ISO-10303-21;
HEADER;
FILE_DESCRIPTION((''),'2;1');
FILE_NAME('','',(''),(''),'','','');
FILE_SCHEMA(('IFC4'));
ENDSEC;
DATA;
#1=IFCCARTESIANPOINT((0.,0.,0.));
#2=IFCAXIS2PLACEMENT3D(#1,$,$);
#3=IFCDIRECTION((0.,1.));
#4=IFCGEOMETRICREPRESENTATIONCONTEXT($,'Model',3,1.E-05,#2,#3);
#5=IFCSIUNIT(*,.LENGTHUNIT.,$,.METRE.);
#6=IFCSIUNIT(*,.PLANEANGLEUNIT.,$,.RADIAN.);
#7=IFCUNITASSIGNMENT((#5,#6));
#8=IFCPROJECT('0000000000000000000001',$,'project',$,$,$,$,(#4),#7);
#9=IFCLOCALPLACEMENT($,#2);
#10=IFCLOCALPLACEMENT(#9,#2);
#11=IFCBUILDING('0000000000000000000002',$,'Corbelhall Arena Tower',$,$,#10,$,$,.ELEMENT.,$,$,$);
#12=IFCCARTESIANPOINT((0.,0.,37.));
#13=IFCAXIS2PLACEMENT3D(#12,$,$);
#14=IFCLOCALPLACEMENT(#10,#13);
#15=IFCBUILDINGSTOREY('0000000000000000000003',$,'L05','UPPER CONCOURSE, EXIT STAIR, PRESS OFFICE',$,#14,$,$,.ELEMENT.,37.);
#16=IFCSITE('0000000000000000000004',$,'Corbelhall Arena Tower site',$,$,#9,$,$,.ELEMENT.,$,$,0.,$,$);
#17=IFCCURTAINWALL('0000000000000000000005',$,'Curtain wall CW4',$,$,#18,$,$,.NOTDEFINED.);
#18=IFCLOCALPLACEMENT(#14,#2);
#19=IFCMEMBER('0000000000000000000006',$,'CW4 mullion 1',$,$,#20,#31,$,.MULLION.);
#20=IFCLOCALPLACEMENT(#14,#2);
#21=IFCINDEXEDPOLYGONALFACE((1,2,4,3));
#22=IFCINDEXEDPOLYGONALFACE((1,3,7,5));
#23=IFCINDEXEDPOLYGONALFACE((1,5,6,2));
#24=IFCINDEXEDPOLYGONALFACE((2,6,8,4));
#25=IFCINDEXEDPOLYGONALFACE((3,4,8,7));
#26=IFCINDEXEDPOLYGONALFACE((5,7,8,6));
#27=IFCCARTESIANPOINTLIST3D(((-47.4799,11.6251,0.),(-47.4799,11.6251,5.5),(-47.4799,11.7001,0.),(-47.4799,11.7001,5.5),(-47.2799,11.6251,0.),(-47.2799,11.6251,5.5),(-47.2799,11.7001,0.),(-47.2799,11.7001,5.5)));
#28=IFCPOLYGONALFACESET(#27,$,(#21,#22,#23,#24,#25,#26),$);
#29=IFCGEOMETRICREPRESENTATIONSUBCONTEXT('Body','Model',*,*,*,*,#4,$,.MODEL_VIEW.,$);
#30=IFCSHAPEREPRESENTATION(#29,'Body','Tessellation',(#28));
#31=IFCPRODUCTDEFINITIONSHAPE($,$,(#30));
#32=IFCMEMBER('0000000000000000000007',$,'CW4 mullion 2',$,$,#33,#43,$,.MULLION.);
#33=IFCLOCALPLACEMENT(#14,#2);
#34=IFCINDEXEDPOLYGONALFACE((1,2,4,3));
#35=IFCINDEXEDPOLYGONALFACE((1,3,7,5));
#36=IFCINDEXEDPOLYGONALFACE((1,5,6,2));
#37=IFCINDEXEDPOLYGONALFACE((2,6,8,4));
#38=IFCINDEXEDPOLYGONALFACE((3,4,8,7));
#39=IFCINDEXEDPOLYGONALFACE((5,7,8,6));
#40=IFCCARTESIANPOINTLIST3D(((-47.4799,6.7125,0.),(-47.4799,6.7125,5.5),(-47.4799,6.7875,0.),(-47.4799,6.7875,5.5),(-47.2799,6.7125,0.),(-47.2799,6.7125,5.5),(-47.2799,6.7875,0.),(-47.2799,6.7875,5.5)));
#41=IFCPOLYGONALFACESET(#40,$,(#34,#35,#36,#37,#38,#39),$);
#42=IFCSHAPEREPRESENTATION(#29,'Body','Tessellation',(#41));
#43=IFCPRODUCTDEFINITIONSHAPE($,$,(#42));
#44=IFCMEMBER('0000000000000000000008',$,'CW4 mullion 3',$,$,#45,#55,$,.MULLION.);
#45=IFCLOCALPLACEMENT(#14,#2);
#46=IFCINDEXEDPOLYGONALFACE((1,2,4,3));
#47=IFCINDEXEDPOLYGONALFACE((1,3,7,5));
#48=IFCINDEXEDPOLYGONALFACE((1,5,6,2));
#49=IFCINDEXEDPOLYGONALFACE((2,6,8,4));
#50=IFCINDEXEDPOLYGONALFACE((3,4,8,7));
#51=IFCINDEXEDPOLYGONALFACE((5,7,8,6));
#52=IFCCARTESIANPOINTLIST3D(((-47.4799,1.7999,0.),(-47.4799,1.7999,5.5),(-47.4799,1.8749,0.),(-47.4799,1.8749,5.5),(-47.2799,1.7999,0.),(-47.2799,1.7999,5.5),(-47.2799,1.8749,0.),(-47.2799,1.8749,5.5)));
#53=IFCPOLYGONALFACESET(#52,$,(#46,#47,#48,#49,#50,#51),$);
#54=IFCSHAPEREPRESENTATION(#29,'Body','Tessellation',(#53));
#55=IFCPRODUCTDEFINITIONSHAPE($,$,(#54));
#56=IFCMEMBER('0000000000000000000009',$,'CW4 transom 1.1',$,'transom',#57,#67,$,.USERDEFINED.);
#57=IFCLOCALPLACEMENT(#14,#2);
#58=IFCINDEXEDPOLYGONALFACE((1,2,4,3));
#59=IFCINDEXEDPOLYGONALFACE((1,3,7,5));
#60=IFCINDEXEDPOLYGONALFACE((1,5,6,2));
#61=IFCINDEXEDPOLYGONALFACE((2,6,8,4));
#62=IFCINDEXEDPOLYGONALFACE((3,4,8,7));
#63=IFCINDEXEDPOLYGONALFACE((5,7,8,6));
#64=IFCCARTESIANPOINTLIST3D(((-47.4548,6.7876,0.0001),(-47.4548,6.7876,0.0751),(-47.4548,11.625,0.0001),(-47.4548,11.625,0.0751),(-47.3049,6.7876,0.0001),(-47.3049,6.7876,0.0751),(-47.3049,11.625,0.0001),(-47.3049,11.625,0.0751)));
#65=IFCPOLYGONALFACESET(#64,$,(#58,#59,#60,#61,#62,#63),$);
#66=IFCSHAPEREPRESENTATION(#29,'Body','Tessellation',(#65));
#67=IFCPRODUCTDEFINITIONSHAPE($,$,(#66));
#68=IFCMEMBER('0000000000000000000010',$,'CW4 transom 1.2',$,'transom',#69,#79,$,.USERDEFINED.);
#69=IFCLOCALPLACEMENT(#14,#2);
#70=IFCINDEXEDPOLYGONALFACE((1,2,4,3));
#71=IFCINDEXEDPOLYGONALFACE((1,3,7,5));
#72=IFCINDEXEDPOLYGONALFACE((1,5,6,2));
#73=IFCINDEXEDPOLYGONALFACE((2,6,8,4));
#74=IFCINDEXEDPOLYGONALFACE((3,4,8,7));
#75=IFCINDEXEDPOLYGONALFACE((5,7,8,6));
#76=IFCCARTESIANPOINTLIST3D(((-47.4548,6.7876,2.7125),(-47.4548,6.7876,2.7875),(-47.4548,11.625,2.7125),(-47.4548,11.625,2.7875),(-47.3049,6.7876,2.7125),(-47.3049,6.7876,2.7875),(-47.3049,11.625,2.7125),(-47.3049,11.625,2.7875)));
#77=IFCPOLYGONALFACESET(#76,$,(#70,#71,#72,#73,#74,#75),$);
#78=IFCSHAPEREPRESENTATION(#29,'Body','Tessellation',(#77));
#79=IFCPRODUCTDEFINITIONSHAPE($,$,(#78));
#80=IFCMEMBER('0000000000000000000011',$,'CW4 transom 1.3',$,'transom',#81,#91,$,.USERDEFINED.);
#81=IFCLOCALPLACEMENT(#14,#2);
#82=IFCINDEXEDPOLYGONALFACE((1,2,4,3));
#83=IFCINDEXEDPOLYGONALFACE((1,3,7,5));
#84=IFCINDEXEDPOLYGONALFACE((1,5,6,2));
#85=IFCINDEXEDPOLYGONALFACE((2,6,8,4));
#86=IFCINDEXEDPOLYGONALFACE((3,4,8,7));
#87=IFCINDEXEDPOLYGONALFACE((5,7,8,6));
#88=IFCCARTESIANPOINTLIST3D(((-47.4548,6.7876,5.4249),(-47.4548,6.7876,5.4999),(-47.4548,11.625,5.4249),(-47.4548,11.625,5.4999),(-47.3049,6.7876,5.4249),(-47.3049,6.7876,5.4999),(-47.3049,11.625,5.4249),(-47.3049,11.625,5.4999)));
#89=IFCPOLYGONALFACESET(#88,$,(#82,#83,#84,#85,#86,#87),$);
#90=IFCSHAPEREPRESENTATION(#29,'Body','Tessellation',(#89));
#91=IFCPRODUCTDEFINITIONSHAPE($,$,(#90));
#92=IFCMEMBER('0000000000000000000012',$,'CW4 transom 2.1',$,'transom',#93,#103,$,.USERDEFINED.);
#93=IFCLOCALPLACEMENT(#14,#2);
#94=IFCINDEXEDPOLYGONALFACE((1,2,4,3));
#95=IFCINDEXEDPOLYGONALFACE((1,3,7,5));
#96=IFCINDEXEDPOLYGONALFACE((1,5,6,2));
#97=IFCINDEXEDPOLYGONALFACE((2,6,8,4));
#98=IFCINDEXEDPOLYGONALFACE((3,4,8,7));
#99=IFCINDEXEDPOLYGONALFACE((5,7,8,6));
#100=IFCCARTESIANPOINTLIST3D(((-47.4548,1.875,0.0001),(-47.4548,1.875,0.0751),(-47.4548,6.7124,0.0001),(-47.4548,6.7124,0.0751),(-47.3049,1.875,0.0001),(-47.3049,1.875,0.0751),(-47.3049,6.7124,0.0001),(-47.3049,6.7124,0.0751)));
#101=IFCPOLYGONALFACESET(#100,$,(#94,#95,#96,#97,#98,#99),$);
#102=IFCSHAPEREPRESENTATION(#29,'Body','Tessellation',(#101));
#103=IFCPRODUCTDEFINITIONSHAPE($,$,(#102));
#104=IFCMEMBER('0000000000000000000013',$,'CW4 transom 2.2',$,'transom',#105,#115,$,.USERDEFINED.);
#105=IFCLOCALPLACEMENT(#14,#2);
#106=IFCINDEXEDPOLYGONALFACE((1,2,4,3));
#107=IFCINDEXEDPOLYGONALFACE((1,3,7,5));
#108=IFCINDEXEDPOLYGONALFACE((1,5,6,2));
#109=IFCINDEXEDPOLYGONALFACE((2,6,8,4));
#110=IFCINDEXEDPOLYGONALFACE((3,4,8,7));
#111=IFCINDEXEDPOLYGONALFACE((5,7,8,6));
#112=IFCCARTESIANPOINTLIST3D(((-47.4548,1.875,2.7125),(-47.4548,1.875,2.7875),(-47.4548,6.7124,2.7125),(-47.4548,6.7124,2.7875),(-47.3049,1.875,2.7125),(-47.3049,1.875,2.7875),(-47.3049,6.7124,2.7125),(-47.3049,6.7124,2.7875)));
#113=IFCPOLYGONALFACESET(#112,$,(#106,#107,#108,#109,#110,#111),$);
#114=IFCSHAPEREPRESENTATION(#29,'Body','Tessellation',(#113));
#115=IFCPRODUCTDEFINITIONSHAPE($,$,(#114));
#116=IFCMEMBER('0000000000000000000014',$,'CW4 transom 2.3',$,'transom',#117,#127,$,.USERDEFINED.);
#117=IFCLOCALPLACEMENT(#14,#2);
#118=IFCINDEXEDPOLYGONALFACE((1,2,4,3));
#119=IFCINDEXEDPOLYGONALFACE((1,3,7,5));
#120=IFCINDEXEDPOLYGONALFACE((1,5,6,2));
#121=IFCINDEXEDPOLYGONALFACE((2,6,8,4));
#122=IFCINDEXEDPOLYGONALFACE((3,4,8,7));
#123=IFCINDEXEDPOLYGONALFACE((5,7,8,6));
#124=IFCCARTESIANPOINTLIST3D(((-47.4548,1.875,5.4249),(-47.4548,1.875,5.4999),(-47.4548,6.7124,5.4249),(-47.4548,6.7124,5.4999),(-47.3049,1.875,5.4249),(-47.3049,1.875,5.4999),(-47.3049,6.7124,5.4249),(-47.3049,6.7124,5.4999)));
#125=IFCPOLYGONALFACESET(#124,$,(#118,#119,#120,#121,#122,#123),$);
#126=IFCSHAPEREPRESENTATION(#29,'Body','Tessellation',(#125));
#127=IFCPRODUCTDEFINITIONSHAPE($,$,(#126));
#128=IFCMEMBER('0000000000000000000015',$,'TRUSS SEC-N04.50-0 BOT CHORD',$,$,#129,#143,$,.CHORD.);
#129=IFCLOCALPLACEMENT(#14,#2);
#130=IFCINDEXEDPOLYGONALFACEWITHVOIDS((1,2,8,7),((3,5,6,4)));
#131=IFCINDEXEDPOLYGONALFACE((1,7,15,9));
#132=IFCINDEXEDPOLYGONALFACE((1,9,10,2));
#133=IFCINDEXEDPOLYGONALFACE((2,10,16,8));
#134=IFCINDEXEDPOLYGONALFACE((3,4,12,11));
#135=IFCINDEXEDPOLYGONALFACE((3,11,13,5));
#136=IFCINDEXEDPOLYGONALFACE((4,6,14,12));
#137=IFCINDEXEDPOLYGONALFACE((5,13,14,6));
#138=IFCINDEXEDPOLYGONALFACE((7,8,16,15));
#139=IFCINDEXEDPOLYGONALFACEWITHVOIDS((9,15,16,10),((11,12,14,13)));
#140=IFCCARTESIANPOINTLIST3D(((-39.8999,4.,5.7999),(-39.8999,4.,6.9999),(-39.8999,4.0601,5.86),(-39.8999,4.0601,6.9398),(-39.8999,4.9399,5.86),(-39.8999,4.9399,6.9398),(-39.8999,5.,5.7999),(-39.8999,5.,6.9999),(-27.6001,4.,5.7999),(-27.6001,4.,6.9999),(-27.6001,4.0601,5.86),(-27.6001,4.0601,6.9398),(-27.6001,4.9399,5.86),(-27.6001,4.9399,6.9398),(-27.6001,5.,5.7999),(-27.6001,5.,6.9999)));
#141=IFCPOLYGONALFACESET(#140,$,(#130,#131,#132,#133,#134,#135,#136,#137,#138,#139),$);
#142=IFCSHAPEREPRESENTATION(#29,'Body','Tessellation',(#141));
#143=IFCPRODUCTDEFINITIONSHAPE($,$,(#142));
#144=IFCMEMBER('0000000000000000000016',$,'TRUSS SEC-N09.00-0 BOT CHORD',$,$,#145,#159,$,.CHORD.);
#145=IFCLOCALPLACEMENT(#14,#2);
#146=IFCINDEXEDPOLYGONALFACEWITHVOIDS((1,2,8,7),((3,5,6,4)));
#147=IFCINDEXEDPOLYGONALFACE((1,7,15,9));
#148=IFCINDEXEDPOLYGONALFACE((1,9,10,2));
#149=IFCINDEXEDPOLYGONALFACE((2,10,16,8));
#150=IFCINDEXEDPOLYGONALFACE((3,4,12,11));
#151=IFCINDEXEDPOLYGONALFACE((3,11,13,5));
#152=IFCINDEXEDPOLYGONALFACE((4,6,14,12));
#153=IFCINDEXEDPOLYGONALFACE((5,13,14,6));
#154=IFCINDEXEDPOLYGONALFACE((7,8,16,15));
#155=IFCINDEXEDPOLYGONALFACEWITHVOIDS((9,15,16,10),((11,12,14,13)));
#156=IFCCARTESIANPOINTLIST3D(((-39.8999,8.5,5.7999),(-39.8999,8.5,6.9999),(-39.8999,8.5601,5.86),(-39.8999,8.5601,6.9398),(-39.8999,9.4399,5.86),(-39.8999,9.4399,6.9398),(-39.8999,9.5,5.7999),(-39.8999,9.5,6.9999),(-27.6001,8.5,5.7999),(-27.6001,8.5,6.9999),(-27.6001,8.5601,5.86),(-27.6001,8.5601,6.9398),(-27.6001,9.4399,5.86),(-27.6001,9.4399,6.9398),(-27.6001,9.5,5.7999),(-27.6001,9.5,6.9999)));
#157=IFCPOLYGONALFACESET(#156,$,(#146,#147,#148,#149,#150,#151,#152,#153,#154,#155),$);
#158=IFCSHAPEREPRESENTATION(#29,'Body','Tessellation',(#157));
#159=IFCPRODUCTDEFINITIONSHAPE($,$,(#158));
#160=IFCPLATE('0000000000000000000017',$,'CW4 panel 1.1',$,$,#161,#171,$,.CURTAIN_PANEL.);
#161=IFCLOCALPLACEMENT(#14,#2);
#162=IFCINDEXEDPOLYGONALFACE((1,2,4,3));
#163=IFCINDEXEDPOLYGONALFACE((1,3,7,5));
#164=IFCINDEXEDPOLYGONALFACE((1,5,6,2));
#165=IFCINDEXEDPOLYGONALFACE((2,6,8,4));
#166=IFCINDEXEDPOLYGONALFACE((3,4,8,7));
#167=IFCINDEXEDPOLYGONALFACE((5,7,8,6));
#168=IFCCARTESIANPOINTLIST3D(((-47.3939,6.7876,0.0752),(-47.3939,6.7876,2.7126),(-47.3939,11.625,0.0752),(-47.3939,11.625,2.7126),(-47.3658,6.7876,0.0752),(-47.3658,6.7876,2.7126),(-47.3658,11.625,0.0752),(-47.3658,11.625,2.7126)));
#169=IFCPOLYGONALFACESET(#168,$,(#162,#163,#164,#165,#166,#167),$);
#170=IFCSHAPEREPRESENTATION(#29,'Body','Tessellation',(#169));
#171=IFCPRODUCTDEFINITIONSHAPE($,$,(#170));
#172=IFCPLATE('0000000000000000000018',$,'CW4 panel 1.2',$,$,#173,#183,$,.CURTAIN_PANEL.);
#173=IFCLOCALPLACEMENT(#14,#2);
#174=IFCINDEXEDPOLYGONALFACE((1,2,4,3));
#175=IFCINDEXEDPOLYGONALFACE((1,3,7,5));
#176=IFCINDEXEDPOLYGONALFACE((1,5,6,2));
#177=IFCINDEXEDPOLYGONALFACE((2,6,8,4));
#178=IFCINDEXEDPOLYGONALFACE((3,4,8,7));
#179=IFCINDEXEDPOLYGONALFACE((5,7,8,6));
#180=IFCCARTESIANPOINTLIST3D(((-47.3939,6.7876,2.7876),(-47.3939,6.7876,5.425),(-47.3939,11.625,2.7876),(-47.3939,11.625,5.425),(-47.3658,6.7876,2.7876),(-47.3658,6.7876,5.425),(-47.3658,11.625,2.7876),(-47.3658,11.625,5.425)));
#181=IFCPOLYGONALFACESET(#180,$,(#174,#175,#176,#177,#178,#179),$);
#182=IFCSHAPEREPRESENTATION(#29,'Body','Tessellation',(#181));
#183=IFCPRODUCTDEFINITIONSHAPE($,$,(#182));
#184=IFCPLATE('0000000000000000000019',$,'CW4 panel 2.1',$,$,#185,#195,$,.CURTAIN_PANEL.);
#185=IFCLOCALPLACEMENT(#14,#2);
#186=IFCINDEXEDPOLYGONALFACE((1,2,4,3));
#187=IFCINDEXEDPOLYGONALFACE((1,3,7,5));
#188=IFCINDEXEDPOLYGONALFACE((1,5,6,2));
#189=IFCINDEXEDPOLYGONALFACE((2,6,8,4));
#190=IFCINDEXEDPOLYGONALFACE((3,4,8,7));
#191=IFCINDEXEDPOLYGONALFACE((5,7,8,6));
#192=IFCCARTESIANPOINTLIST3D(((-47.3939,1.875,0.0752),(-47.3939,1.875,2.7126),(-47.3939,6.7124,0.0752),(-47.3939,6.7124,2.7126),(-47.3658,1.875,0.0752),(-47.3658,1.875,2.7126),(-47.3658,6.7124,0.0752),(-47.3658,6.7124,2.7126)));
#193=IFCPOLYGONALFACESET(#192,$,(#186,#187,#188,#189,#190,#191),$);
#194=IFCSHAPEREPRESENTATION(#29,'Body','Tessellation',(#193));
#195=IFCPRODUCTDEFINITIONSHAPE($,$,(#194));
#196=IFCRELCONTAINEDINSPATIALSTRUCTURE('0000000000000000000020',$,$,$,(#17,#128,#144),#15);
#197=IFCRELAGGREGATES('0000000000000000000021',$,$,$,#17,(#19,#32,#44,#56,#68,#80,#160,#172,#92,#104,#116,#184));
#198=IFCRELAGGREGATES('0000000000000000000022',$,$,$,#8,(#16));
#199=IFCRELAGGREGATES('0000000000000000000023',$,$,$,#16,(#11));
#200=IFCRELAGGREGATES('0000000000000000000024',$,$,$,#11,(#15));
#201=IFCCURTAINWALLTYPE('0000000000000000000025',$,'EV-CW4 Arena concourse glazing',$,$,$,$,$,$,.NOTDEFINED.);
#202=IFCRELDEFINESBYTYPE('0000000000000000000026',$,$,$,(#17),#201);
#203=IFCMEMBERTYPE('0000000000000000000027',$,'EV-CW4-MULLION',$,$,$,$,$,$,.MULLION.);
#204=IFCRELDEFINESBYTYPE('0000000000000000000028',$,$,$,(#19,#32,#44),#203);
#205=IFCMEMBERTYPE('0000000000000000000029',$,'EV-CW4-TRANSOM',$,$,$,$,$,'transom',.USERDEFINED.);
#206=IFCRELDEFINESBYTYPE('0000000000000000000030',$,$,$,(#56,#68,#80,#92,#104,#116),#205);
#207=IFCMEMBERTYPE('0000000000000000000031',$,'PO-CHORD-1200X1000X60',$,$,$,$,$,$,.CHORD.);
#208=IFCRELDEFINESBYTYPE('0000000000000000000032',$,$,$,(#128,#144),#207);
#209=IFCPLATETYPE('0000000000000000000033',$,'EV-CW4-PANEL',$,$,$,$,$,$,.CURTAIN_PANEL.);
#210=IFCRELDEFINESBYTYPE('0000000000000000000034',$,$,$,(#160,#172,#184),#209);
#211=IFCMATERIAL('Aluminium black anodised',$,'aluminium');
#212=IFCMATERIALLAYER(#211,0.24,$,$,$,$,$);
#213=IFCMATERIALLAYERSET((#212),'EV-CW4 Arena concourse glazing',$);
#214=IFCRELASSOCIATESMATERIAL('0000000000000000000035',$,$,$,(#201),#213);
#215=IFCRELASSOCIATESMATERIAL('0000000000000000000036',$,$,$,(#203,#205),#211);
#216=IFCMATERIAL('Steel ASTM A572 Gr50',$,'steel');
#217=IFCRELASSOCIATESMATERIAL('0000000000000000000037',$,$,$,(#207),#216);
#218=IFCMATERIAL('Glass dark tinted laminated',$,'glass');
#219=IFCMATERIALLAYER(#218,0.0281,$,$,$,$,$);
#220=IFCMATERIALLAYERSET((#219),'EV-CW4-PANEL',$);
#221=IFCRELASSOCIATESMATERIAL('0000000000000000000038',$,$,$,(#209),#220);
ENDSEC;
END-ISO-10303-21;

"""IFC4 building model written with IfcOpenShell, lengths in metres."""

from ifc_helpers import new_model, si_unit, direction, frame, origin, origin_2d, place, context, subcontext, project, spatial, rectangle, hollow_rectangle, extrude, material, layer, layer_set, material_profile, profile_set, type_object, element, aggregate, save


model = new_model("IFC4")

# Units and contexts
model_context = context("Model", 3, precision=1e-05, world=origin(), true_north=direction((0.0, 1.0)))
body_context = subcontext(model_context, "Body", "Model", "MODEL_VIEW")
ifc_project = project(units=[si_unit("LENGTHUNIT", "METRE"), si_unit("PLANEANGLEUNIT", "RADIAN")], contexts=[model_context])

# Site, building, storey
site_placement = place(None, origin())
site = spatial("IfcSite", under=ifc_project, at=site_placement, Name="Corbelhall Arena Tower site", CompositionType="ELEMENT", RefElevation=0.0)
building_placement = place(site_placement, origin())
building = spatial("IfcBuilding", under=site, at=building_placement, Name="Corbelhall Arena Tower", CompositionType="ELEMENT")
storey_placement = place(building_placement, frame((0.0, 0.0, 37.0)))
storey = spatial("IfcBuildingStorey", under=building, at=storey_placement, Name="L05", Description="UPPER CONCOURSE, EXIT STAIR, PRESS OFFICE", CompositionType="ELEMENT", Elevation=37.0)

# Curtain wall, members
ifc_material_1 = material(Name="Aluminium black anodised", Category="aluminium")
ifc_layer_1 = layer(ifc_material_1, 0.24)
ifc_layer_set_1 = layer_set([ifc_layer_1], Name="EV-CW4 Arena concourse glazing")
curtain_wall_type = type_object("IfcCurtainWallType", Name="EV-CW4 Arena concourse glazing", PredefinedType="NOTDEFINED", material=ifc_layer_set_1)
curtain_wall_placement = place(storey_placement, origin())
curtain_wall = element("IfcCurtainWall", 1, at=curtain_wall_placement, inside=storey, type_object=curtain_wall_type, Name="Curtain wall CW4", PredefinedType="NOTDEFINED")
ifc_material_profile_1 = material_profile(ifc_material_1, rectangle(XDim=0.2, YDim=0.075, at=origin_2d()))
ifc_profile_set_1 = profile_set([ifc_material_profile_1], Name="Aluminium black anodised")
member_type_1 = type_object("IfcMemberType", Name="EV-CW4-MULLION", PredefinedType="MULLION", material=ifc_profile_set_1)
member_1_placement = place(storey_placement, frame((-47.3799, 11.6626, 0.0), z_axis=(0.0, 0.0, 1.0), x_axis=(1.0, 0.0, 0.0)))
member_1 = element("IfcMember", 2, at=member_1_placement, type_object=member_type_1, Name="CW4 mullion 1", PredefinedType="MULLION", context=body_context, shape_type="SweptSolid", body=[
    extrude(rectangle(XDim=0.2, YDim=0.075, at=origin_2d()), origin(), (0.0, 0.0, 1.0), 5.5),
])
member_2_placement = place(storey_placement, frame((-47.3799, 6.75, 0.0), z_axis=(0.0, 0.0, 1.0), x_axis=(1.0, 0.0, 0.0)))
member_2 = element("IfcMember", 3, at=member_2_placement, type_object=member_type_1, Name="CW4 mullion 2", PredefinedType="MULLION", context=body_context, shape_type="SweptSolid", body=[
    extrude(rectangle(XDim=0.2, YDim=0.075, at=origin_2d()), origin(), (0.0, 0.0, 1.0), 5.5),
])
member_3_placement = place(storey_placement, frame((-47.3799, 1.8374, 0.0), z_axis=(0.0, 0.0, 1.0), x_axis=(1.0, 0.0, 0.0)))
member_3 = element("IfcMember", 4, at=member_3_placement, type_object=member_type_1, Name="CW4 mullion 3", PredefinedType="MULLION", context=body_context, shape_type="SweptSolid", body=[
    extrude(rectangle(XDim=0.2, YDim=0.075, at=origin_2d()), origin(), (0.0, 0.0, 1.0), 5.5),
])
ifc_material_profile_2 = material_profile(ifc_material_1, rectangle(XDim=0.1499, YDim=0.075, at=origin_2d()))
ifc_profile_set_2 = profile_set([ifc_material_profile_2], Name="Aluminium black anodised")
member_type_2 = type_object("IfcMemberType", Name="EV-CW4-TRANSOM", ElementType="transom", PredefinedType="USERDEFINED", material=ifc_profile_set_2)
member_4_placement = place(storey_placement, frame((-47.3799, 11.625, 0.0376), z_axis=(0.0, -1.0, 0.0), x_axis=(1.0, 0.0, 0.0)))
member_4 = element("IfcMember", 5, at=member_4_placement, type_object=member_type_2, Name="CW4 transom 1.1", ObjectType="transom", PredefinedType="USERDEFINED", context=body_context, shape_type="SweptSolid", body=[
    extrude(rectangle(XDim=0.1499, YDim=0.075, at=origin_2d()), origin(), (0.0, 0.0, 1.0), 4.8374),
])
member_5_placement = place(storey_placement, frame((-47.3799, 11.625, 2.75), z_axis=(0.0, -1.0, 0.0), x_axis=(1.0, 0.0, 0.0)))
member_5 = element("IfcMember", 6, at=member_5_placement, type_object=member_type_2, Name="CW4 transom 1.2", ObjectType="transom", PredefinedType="USERDEFINED", context=body_context, shape_type="SweptSolid", body=[
    extrude(rectangle(XDim=0.1499, YDim=0.075, at=origin_2d()), origin(), (0.0, 0.0, 1.0), 4.8374),
])
member_6_placement = place(storey_placement, frame((-47.3799, 11.625, 5.4624), z_axis=(0.0, -1.0, 0.0), x_axis=(1.0, 0.0, 0.0)))
member_6 = element("IfcMember", 7, at=member_6_placement, type_object=member_type_2, Name="CW4 transom 1.3", ObjectType="transom", PredefinedType="USERDEFINED", context=body_context, shape_type="SweptSolid", body=[
    extrude(rectangle(XDim=0.1499, YDim=0.075, at=origin_2d()), origin(), (0.0, 0.0, 1.0), 4.8374),
])
member_7_placement = place(storey_placement, frame((-47.3799, 6.7124, 0.0376), z_axis=(0.0, -1.0, 0.0), x_axis=(1.0, 0.0, 0.0)))
member_7 = element("IfcMember", 8, at=member_7_placement, type_object=member_type_2, Name="CW4 transom 2.1", ObjectType="transom", PredefinedType="USERDEFINED", context=body_context, shape_type="SweptSolid", body=[
    extrude(rectangle(XDim=0.1499, YDim=0.075, at=origin_2d()), origin(), (0.0, 0.0, 1.0), 4.8374),
])
member_8_placement = place(storey_placement, frame((-47.3799, 6.7124, 2.75), z_axis=(0.0, -1.0, 0.0), x_axis=(1.0, 0.0, 0.0)))
member_8 = element("IfcMember", 9, at=member_8_placement, type_object=member_type_2, Name="CW4 transom 2.2", ObjectType="transom", PredefinedType="USERDEFINED", context=body_context, shape_type="SweptSolid", body=[
    extrude(rectangle(XDim=0.1499, YDim=0.075, at=origin_2d()), origin(), (0.0, 0.0, 1.0), 4.8374),
])
member_9_placement = place(storey_placement, frame((-47.3799, 6.7124, 5.4624), z_axis=(0.0, -1.0, 0.0), x_axis=(1.0, 0.0, 0.0)))
member_9 = element("IfcMember", 10, at=member_9_placement, type_object=member_type_2, Name="CW4 transom 2.3", ObjectType="transom", PredefinedType="USERDEFINED", context=body_context, shape_type="SweptSolid", body=[
    extrude(rectangle(XDim=0.1499, YDim=0.075, at=origin_2d()), origin(), (0.0, 0.0, 1.0), 4.8374),
])

# Members
ifc_material_2 = material(Name="Steel ASTM A572 Gr50", Category="steel")
ifc_material_profile_3 = material_profile(ifc_material_2, hollow_rectangle(XDim=1.0, YDim=1.2, WallThickness=0.0601, at=origin_2d()))
ifc_profile_set_3 = profile_set([ifc_material_profile_3], Name="Steel ASTM A572 Gr50")
member_type_3 = type_object("IfcMemberType", Name="PO-CHORD-1200X1000X60", PredefinedType="CHORD", material=ifc_profile_set_3)
for number, where, z_axis, x_axis, name in (
    (11, (-39.8999, 4.5, 6.3999), (1.0, 0.0, 0.0), (0.0, 1.0, 0.0), "TRUSS SEC-N04.50-0 BOT CHORD"),
    (12, (-39.8999, 9.0, 6.3999), (1.0, 0.0, 0.0), (0.0, 1.0, 0.0), "TRUSS SEC-N09.00-0 BOT CHORD"),
):
    element("IfcMember", number, at=place(storey_placement, frame(where, z_axis=z_axis, x_axis=x_axis)), inside=storey, type_object=member_type_3, Name=name, PredefinedType="CHORD", context=body_context, shape_type="SweptSolid", body=[
        extrude(hollow_rectangle(XDim=1.0, YDim=1.2, WallThickness=0.0601, at=origin_2d()), origin(), (0.0, 0.0, 1.0), 12.2998),
    ])

# Plates
ifc_material_3 = material(Name="Glass dark tinted laminated", Category="glass")
ifc_layer_2 = layer(ifc_material_3, 0.0281)
ifc_layer_set_2 = layer_set([ifc_layer_2], Name="EV-CW4-PANEL")
plate_type = type_object("IfcPlateType", Name="EV-CW4-PANEL", PredefinedType="CURTAIN_PANEL", material=ifc_layer_set_2)
plate_1_placement = place(storey_placement, frame((-47.3799, 9.2063, 0.0752), z_axis=(0.0, 0.0, 1.0), x_axis=(0.0, -1.0, 0.0)))
plate_1 = element("IfcPlate", 13, at=plate_1_placement, type_object=plate_type, Name="CW4 panel 1.1", PredefinedType="CURTAIN_PANEL", context=body_context, shape_type="SweptSolid", body=[
    extrude(rectangle(XDim=4.8374, YDim=0.0281, at=origin_2d()), origin(), (0.0, 0.0, 1.0), 2.6375),
])
plate_2_placement = place(storey_placement, frame((-47.3799, 9.2063, 2.7876), z_axis=(0.0, 0.0, 1.0), x_axis=(0.0, -1.0, 0.0)))
plate_2 = element("IfcPlate", 14, at=plate_2_placement, type_object=plate_type, Name="CW4 panel 1.2", PredefinedType="CURTAIN_PANEL", context=body_context, shape_type="SweptSolid", body=[
    extrude(rectangle(XDim=4.8374, YDim=0.0281, at=origin_2d()), origin(), (0.0, 0.0, 1.0), 2.6375),
])
plate_3_placement = place(storey_placement, frame((-47.3799, 4.2937, 0.0752), z_axis=(0.0, 0.0, 1.0), x_axis=(0.0, -1.0, 0.0)))
plate_3 = element("IfcPlate", 15, at=plate_3_placement, type_object=plate_type, Name="CW4 panel 2.1", PredefinedType="CURTAIN_PANEL", context=body_context, shape_type="SweptSolid", body=[
    extrude(rectangle(XDim=4.8374, YDim=0.0281, at=origin_2d()), origin(), (0.0, 0.0, 1.0), 2.6375),
])
aggregate(curtain_wall, [member_1, member_2, member_3, member_4, member_5, member_6, plate_1, plate_2, member_7, member_8, member_9, plate_3])

save(model, "model.ifc")
